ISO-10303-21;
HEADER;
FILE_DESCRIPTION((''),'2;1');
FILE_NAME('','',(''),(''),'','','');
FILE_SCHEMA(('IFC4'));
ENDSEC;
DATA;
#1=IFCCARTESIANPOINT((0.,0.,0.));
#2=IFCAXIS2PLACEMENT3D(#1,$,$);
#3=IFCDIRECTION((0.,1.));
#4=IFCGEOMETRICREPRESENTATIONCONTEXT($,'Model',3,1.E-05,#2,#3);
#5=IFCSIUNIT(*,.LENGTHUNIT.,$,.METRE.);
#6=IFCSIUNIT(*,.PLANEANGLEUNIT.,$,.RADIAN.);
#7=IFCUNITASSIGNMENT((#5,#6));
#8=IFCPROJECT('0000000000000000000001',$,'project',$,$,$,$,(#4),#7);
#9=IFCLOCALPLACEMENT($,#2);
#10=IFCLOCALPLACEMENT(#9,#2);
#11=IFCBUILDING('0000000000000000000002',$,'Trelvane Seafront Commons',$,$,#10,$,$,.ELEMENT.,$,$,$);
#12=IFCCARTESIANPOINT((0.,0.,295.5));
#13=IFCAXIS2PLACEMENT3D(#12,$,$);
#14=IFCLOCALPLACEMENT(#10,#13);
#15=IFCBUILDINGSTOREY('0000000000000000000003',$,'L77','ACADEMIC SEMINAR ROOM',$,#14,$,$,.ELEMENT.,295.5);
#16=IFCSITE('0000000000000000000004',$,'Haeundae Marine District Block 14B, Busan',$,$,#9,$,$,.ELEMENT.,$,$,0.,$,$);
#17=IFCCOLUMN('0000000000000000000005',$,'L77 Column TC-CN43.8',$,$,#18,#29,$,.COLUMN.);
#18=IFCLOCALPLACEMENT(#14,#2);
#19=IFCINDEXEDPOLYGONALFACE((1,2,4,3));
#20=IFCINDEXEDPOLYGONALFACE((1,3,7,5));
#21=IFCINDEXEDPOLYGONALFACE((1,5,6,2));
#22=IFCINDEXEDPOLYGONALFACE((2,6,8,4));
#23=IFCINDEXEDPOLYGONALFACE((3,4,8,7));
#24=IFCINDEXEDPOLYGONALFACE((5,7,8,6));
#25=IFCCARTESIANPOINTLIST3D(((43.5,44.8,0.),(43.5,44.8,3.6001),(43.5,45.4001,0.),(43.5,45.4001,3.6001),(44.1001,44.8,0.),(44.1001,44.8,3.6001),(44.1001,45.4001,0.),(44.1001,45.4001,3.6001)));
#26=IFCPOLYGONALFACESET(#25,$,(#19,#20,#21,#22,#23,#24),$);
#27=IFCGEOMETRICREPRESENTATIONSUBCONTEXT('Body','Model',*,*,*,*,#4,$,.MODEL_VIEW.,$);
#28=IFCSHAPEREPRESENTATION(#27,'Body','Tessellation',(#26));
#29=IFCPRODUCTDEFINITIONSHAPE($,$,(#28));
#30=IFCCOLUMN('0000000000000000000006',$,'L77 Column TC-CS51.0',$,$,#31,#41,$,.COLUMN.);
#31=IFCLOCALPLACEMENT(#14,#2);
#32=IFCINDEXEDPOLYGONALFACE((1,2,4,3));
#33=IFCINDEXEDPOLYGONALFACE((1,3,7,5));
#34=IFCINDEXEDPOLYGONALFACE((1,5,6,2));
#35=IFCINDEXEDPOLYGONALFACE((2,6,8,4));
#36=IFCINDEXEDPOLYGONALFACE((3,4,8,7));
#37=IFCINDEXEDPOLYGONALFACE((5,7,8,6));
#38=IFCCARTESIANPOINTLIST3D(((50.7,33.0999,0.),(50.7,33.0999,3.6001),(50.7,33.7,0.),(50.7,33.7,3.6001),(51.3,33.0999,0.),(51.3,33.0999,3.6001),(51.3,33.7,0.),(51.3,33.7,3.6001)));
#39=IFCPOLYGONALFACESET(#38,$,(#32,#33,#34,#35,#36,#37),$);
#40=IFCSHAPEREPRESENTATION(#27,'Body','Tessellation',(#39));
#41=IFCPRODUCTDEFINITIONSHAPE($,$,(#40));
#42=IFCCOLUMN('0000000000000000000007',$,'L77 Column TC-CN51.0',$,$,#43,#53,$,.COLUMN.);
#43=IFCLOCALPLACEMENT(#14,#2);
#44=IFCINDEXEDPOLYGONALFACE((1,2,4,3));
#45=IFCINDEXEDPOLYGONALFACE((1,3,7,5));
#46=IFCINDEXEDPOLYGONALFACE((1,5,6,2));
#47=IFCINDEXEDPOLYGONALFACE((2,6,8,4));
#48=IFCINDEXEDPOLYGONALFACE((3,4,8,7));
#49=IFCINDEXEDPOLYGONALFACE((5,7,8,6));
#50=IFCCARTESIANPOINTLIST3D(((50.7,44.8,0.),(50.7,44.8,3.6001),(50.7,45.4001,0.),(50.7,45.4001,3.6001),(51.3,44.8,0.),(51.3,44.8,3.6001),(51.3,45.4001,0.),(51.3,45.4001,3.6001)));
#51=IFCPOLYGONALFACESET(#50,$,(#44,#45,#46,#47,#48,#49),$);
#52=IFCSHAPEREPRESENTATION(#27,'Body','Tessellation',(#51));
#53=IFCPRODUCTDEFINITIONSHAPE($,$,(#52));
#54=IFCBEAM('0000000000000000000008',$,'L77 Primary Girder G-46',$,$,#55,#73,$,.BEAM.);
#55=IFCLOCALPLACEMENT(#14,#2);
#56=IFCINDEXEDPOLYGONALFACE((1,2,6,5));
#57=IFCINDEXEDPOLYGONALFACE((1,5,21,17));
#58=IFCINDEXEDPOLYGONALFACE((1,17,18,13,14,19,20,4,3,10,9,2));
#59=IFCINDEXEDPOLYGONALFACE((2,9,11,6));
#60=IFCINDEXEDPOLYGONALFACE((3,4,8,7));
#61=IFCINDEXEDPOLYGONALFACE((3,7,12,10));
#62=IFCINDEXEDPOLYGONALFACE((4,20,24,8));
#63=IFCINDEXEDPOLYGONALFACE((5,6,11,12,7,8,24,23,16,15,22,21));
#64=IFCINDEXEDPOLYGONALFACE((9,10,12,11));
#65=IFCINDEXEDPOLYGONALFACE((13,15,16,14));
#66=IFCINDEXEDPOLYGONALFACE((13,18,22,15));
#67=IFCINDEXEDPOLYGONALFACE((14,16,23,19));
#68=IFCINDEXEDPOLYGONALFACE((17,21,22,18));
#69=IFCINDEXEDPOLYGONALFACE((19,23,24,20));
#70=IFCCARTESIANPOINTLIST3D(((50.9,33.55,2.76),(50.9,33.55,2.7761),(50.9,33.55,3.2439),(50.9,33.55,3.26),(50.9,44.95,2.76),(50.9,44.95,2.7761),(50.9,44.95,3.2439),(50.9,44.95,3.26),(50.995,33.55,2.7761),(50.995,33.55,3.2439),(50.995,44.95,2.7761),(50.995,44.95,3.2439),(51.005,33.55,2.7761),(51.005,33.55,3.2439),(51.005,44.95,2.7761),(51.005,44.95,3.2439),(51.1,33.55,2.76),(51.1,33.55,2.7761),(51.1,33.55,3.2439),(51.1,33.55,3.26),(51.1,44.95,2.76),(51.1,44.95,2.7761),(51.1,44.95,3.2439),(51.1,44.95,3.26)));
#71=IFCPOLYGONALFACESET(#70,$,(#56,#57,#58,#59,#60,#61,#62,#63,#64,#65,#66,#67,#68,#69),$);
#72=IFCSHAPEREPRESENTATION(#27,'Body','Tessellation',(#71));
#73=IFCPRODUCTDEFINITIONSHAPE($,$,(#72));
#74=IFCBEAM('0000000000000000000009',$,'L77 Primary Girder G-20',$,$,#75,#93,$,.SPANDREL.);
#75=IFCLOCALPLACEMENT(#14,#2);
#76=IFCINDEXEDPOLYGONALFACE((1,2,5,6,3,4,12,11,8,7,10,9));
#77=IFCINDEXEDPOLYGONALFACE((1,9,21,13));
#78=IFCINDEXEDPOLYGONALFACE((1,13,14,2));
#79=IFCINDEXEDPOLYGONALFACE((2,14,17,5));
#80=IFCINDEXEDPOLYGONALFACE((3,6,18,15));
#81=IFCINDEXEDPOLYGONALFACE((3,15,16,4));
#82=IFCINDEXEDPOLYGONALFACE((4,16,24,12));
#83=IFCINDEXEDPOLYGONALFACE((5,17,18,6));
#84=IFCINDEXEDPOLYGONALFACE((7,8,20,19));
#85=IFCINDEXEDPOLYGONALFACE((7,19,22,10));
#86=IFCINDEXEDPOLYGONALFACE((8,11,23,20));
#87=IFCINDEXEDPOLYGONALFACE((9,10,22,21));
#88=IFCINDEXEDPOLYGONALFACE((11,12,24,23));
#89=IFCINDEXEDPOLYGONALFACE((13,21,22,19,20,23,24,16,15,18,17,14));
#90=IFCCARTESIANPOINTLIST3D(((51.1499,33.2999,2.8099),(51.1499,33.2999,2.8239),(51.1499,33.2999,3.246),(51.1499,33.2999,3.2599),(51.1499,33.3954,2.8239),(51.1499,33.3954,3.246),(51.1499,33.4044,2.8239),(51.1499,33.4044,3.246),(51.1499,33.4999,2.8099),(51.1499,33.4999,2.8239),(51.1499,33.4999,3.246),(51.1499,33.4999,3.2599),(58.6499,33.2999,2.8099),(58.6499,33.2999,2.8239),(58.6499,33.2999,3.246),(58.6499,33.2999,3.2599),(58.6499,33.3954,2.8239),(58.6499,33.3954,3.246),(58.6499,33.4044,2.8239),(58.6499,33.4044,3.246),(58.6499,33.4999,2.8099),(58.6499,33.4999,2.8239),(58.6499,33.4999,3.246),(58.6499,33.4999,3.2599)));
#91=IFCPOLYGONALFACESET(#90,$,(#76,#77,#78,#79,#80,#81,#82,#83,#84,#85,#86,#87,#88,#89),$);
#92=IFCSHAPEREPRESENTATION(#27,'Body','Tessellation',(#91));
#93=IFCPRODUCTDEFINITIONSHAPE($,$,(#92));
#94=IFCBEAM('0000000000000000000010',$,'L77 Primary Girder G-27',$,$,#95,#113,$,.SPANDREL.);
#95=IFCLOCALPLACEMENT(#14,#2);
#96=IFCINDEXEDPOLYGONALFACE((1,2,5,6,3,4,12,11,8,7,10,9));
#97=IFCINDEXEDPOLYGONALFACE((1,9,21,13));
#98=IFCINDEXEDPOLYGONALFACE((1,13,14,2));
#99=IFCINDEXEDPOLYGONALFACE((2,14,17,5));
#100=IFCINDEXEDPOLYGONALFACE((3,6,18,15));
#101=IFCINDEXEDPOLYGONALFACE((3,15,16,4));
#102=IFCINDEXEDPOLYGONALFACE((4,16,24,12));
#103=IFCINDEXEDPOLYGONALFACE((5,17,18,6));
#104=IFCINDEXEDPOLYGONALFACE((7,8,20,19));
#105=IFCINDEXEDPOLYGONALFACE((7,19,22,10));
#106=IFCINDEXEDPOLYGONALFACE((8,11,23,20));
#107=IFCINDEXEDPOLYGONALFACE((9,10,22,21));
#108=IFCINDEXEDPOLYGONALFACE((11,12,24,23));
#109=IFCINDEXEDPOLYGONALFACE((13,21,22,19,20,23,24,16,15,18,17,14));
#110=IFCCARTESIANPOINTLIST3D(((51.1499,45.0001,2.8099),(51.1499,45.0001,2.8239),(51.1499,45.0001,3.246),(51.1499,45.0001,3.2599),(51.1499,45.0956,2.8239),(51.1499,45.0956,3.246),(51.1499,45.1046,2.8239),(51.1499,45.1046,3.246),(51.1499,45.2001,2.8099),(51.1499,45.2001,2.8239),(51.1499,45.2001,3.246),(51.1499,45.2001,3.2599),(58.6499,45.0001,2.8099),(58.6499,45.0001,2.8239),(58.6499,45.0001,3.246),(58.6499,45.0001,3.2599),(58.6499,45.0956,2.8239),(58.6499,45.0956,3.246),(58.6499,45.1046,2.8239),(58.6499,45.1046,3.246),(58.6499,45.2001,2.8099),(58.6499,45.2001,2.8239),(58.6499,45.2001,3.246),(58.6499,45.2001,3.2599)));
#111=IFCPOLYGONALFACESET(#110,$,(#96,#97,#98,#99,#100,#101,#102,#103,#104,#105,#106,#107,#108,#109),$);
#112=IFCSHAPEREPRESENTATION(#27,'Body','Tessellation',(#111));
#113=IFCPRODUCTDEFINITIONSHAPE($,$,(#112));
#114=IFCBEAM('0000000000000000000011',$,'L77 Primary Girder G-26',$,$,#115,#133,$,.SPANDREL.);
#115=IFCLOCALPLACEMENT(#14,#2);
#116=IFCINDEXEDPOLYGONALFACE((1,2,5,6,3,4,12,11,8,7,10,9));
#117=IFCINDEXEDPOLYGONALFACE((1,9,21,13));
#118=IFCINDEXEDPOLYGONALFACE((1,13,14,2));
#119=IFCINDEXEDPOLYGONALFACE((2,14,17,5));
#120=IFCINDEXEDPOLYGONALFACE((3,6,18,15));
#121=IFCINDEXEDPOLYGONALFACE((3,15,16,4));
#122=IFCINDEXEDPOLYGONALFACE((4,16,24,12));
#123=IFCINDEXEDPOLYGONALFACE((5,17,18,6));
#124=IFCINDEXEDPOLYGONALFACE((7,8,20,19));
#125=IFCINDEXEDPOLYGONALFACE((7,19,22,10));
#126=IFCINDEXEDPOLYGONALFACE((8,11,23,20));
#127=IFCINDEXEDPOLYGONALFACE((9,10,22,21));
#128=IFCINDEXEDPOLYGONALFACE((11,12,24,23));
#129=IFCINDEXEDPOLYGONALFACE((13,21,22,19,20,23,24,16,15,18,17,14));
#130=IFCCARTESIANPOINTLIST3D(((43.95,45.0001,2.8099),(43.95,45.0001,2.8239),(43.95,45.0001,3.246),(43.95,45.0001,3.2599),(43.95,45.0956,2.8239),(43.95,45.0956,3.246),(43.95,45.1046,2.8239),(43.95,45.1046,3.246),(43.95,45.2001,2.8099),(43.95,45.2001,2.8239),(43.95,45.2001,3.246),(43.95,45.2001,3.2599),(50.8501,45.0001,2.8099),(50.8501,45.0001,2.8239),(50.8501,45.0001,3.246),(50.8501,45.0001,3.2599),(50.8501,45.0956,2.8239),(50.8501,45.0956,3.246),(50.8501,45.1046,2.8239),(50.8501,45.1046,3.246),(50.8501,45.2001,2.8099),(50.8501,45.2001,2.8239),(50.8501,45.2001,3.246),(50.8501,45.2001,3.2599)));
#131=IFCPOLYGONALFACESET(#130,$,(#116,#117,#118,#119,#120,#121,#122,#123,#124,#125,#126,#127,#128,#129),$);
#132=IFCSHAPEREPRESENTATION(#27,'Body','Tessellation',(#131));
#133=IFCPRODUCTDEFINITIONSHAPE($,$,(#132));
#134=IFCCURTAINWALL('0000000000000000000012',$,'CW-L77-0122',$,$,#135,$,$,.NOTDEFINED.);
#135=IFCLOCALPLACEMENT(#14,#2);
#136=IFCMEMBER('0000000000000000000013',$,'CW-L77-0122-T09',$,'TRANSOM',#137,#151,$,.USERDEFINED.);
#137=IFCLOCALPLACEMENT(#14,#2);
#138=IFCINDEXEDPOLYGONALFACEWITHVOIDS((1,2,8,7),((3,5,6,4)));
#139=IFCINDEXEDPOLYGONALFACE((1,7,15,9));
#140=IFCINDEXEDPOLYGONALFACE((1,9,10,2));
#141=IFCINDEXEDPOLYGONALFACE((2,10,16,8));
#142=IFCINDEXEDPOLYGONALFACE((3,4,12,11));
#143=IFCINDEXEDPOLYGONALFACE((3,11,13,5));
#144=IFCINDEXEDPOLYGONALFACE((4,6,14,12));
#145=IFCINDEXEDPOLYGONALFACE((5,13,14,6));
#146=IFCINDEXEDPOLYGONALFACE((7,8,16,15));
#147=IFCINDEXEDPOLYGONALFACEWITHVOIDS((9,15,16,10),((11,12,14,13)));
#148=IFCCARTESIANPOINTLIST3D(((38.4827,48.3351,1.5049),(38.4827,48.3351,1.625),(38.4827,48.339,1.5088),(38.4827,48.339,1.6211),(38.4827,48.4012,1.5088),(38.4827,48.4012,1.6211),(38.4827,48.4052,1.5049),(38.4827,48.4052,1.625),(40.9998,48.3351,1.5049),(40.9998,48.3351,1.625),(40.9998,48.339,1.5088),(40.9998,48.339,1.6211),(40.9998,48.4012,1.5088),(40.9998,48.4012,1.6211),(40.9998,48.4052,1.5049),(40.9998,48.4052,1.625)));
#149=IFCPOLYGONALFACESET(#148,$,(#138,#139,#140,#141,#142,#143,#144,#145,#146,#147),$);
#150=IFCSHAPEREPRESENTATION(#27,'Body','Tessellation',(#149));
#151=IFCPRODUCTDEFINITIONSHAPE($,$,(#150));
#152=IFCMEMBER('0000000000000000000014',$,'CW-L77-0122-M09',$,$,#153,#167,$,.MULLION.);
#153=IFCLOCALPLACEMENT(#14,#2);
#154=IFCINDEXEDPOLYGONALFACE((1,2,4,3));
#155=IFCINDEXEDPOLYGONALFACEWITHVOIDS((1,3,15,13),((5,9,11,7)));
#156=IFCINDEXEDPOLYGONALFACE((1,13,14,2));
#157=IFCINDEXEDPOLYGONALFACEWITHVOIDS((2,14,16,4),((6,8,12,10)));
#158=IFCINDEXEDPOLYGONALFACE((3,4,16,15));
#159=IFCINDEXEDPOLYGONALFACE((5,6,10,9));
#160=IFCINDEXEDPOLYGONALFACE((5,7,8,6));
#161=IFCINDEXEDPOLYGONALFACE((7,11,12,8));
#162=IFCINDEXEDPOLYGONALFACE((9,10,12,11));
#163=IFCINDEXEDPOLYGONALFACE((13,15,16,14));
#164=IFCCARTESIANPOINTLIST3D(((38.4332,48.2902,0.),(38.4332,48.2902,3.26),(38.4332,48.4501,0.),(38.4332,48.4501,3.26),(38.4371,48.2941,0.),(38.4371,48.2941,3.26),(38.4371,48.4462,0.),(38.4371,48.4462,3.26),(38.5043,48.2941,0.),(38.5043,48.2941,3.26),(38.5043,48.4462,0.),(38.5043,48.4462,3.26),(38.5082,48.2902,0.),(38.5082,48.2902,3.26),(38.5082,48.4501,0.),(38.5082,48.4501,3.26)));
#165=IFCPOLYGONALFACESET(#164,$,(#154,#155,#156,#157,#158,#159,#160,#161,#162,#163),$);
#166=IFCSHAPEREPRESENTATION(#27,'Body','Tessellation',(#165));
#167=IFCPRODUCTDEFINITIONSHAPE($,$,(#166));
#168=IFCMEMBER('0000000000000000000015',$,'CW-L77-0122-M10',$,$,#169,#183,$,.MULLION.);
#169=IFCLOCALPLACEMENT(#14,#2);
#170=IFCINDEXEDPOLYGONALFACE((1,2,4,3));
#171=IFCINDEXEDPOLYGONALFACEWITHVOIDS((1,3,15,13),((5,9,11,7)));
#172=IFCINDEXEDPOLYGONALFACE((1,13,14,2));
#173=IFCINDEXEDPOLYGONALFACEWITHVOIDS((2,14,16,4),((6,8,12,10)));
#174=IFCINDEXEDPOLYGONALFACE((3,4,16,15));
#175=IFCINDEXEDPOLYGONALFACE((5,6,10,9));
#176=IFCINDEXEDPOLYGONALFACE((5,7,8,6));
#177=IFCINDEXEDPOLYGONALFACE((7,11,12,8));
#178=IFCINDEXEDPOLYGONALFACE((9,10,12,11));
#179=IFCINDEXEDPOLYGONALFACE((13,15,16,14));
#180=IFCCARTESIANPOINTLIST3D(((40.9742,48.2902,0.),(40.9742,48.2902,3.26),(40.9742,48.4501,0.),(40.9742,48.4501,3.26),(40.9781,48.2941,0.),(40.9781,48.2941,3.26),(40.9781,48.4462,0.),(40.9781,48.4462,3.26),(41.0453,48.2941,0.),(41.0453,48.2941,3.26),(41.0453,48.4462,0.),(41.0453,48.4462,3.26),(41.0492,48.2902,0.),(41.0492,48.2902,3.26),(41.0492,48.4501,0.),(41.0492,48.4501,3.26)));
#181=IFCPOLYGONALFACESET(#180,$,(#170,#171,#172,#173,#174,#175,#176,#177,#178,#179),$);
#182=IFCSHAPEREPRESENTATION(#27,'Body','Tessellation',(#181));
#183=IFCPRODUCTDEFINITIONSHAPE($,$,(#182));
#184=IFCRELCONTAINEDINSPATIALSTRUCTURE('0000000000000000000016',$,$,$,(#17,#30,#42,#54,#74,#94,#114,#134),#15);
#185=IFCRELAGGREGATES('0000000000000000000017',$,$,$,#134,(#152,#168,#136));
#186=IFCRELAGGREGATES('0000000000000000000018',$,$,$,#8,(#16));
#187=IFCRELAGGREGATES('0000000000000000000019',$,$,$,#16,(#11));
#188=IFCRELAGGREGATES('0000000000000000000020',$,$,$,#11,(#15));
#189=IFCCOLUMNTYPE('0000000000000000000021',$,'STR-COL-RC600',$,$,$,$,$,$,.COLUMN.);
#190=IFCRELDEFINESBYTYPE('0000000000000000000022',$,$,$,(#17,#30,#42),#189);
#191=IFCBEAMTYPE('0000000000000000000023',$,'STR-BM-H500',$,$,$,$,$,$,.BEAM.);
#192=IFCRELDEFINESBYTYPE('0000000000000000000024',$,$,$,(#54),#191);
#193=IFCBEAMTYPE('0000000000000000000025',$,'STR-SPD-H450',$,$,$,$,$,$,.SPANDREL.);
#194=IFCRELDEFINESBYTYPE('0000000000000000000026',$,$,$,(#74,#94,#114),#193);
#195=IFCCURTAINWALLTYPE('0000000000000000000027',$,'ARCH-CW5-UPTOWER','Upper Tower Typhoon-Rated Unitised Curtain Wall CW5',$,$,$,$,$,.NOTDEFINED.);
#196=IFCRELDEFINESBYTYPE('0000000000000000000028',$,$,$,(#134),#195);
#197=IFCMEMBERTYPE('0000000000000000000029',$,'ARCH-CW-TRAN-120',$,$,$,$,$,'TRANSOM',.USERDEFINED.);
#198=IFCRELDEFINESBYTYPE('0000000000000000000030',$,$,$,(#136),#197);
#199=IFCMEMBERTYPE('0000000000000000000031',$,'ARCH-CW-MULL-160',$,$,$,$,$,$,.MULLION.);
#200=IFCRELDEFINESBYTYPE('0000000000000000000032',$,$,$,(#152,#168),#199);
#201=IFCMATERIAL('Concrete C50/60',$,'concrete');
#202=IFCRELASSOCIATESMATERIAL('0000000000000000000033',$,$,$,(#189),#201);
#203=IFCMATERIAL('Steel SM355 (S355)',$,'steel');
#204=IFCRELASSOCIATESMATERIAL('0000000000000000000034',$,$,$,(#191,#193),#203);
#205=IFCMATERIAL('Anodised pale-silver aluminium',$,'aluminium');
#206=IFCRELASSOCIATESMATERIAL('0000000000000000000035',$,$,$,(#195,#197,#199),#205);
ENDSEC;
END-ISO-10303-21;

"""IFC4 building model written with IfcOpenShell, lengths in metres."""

from ifc_helpers import new_model, si_unit, direction, frame, origin, origin_2d, place, context, subcontext, project, spatial, rectangle, hollow_rectangle, i_section, extrude, source, transform, mapped, material, material_profile, profile_set, type_object, element, aggregate, save


model = new_model("IFC4")

# Units and contexts
model_context = context("Model", 3, precision=1e-05, world=origin(), true_north=direction((0.0, 1.0)))
body_context = subcontext(model_context, "Body", "Model", "MODEL_VIEW")
ifc_project = project(units=[si_unit("LENGTHUNIT", "METRE"), si_unit("PLANEANGLEUNIT", "RADIAN")], contexts=[model_context])

# Site, building, storey
site_placement = place(None, origin())
site = spatial("IfcSite", under=ifc_project, at=site_placement, Name="Haeundae Marine District Block 14B, Busan", CompositionType="ELEMENT", RefElevation=0.0)
building_placement = place(site_placement, origin())
building = spatial("IfcBuilding", under=site, at=building_placement, Name="Trelvane Seafront Commons", CompositionType="ELEMENT")
storey_placement = place(building_placement, frame((0.0, 0.0, 295.5)))
storey = spatial("IfcBuildingStorey", under=building, at=storey_placement, Name="L77", Description="ACADEMIC SEMINAR ROOM", CompositionType="ELEMENT", Elevation=295.5)

# Columns
ifc_material_1 = material(Name="Concrete C50/60", Category="concrete")
ifc_material_profile_1 = material_profile(ifc_material_1, rectangle(XDim=0.6001, YDim=0.6001, at=origin_2d()), Name="RC-600x600")
ifc_profile_set_1 = profile_set([ifc_material_profile_1], Name="Concrete C50/60")
column_type = type_object("IfcColumnType", Name="STR-COL-RC600", PredefinedType="COLUMN", material=ifc_profile_set_1)
shared_shape_1 = source(origin(), body_context, "Body", "SweptSolid", [
    extrude(rectangle(XDim=0.6001, YDim=0.6001, at=origin_2d()), origin(), (0.0, 0.0, 1.0), 3.6001),
])
for number, where, z_axis, x_axis, name in (
    (1, (43.8, 45.1001, 0.0), (0.0, 0.0, 1.0), (1.0, 0.0, 0.0), "L77 Column TC-CN43.8"),
    (2, (51.0, 33.3999, 0.0), (0.0, 0.0, 1.0), (1.0, 0.0, 0.0), "L77 Column TC-CS51.0"),
    (3, (51.0, 45.1001, 0.0), (0.0, 0.0, 1.0), (1.0, 0.0, 0.0), "L77 Column TC-CN51.0"),
):
    element("IfcColumn", number, at=place(storey_placement, frame(where, z_axis=z_axis, x_axis=x_axis)), inside=storey, type_object=column_type, Name=name, PredefinedType="COLUMN", context=body_context, shape_type="MappedRepresentation", body=[
        mapped(shared_shape_1, transform((0.0, 0.0, 0.0), x_axis=(1.0, 0.0, 0.0), y_axis=(0.0, 1.0, 0.0), z_axis=(0.0, 0.0, 1.0), scale=1.0)),
    ])

# Beams
ifc_material_2 = material(Name="Steel SM355 (S355)", Category="steel")
ifc_material_profile_2 = material_profile(ifc_material_2, i_section(OverallWidth=0.2, OverallDepth=0.5, WebThickness=0.01, FlangeThickness=0.0161, at=origin_2d()), Name="H-500x200x10x16")
ifc_profile_set_2 = profile_set([ifc_material_profile_2], Name="Steel SM355 (S355)")
beam_type_1 = type_object("IfcBeamType", Name="STR-BM-H500", PredefinedType="BEAM", material=ifc_profile_set_2)
shared_shape_2 = source(origin(), body_context, "Body", "SweptSolid", [
    extrude(i_section(OverallWidth=0.2, OverallDepth=0.5, WebThickness=0.01, FlangeThickness=0.0161, at=origin_2d()), origin(), (0.0, 0.0, 1.0), 11.3999),
])
beam_1_placement = place(storey_placement, frame((51.0, 33.55, 3.01), z_axis=(0.0, 1.0, 0.0), x_axis=(-1.0, 0.0, 0.0)))
element("IfcBeam", 4, at=beam_1_placement, inside=storey, type_object=beam_type_1, Name="L77 Primary Girder G-46", PredefinedType="BEAM", context=body_context, shape_type="MappedRepresentation", body=[
    mapped(shared_shape_2, transform((0.0, 0.0, 0.0), x_axis=(1.0, 0.0, 0.0), y_axis=(0.0, 1.0, 0.0), z_axis=(0.0, 0.0, 1.0), scale=1.0)),
])
ifc_material_profile_3 = material_profile(ifc_material_2, i_section(OverallWidth=0.2, OverallDepth=0.45, WebThickness=0.009, FlangeThickness=0.0139, at=origin_2d()), Name="H-450x200x9x14")
ifc_profile_set_3 = profile_set([ifc_material_profile_3], Name="Steel SM355 (S355)")
beam_type_2 = type_object("IfcBeamType", Name="STR-SPD-H450", PredefinedType="SPANDREL", material=ifc_profile_set_3)
shared_shape_3 = source(origin(), body_context, "Body", "SweptSolid", [
    extrude(i_section(OverallWidth=0.2, OverallDepth=0.45, WebThickness=0.009, FlangeThickness=0.0139, at=origin_2d()), origin(), (0.0, 0.0, 1.0), 7.5),
])
for number, where, z_axis, x_axis, name in (
    (5, (51.1499, 33.3999, 3.0349), (1.0, 0.0, 0.0), (0.0, 1.0, 0.0), "L77 Primary Girder G-20"),
    (6, (51.1499, 45.1001, 3.0349), (1.0, 0.0, 0.0), (0.0, 1.0, 0.0), "L77 Primary Girder G-27"),
):
    element("IfcBeam", number, at=place(storey_placement, frame(where, z_axis=z_axis, x_axis=x_axis)), inside=storey, type_object=beam_type_2, Name=name, PredefinedType="SPANDREL", context=body_context, shape_type="MappedRepresentation", body=[
        mapped(shared_shape_3, transform((0.0, 0.0, 0.0), x_axis=(1.0, 0.0, 0.0), y_axis=(0.0, 1.0, 0.0), z_axis=(0.0, 0.0, 1.0), scale=1.0)),
    ])
shared_shape_4 = source(origin(), body_context, "Body", "SweptSolid", [
    extrude(i_section(OverallWidth=0.2, OverallDepth=0.45, WebThickness=0.009, FlangeThickness=0.0139, at=origin_2d()), origin(), (0.0, 0.0, 1.0), 6.9001),
])
beam_2_placement = place(storey_placement, frame((43.95, 45.1001, 3.0349), z_axis=(1.0, 0.0, 0.0), x_axis=(0.0, 1.0, 0.0)))
element("IfcBeam", 7, at=beam_2_placement, inside=storey, type_object=beam_type_2, Name="L77 Primary Girder G-26", PredefinedType="SPANDREL", context=body_context, shape_type="MappedRepresentation", body=[
    mapped(shared_shape_4, transform((0.0, 0.0, 0.0), x_axis=(1.0, 0.0, 0.0), y_axis=(0.0, 1.0, 0.0), z_axis=(0.0, 0.0, 1.0), scale=1.0)),
])

# Curtain wall, members
ifc_material_3 = material(Name="Anodised pale-silver aluminium", Category="aluminium")
curtain_wall_type = type_object("IfcCurtainWallType", Name="ARCH-CW5-UPTOWER", Description="Upper Tower Typhoon-Rated Unitised Curtain Wall CW5", PredefinedType="NOTDEFINED", material=ifc_material_3)
curtain_wall_placement = place(storey_placement, origin())
curtain_wall = element("IfcCurtainWall", 8, at=curtain_wall_placement, inside=storey, type_object=curtain_wall_type, Name="CW-L77-0122", PredefinedType="NOTDEFINED")
ifc_material_profile_4 = material_profile(ifc_material_3, hollow_rectangle(XDim=0.0701, YDim=0.1201, WallThickness=0.0039, at=origin_2d()), Name="TRAN-70x120x4")
ifc_profile_set_4 = profile_set([ifc_material_profile_4], Name="Anodised pale-silver aluminium")
member_type_1 = type_object("IfcMemberType", Name="ARCH-CW-TRAN-120", ElementType="TRANSOM", PredefinedType="USERDEFINED", material=ifc_profile_set_4)
shared_shape_5 = source(origin(), body_context, "Body", "SweptSolid", [
    extrude(hollow_rectangle(XDim=0.0701, YDim=0.1201, WallThickness=0.0039, at=origin_2d()), origin(), (0.0, 0.0, 1.0), 2.5171),
])
member_1_placement = place(storey_placement, frame((38.4827, 48.3701, 1.5649), z_axis=(1.0, 0.0, 0.0), x_axis=(0.0, 1.0, 0.0)))
member_1 = element("IfcMember", 9, at=member_1_placement, type_object=member_type_1, Name="CW-L77-0122-T09", ObjectType="TRANSOM", PredefinedType="USERDEFINED", context=body_context, shape_type="MappedRepresentation", body=[
    mapped(shared_shape_5, transform((0.0, 0.0, 0.0), x_axis=(1.0, 0.0, 0.0), y_axis=(0.0, 1.0, 0.0), z_axis=(0.0, 0.0, 1.0), scale=1.0)),
])
ifc_material_profile_5 = material_profile(ifc_material_3, hollow_rectangle(XDim=0.075, YDim=0.1599, WallThickness=0.0039, at=origin_2d()), Name="MULL-75x160x4")
ifc_profile_set_5 = profile_set([ifc_material_profile_5], Name="Anodised pale-silver aluminium")
member_type_2 = type_object("IfcMemberType", Name="ARCH-CW-MULL-160", PredefinedType="MULLION", material=ifc_profile_set_5)
shared_shape_6 = source(origin(), body_context, "Body", "SweptSolid", [
    extrude(hollow_rectangle(XDim=0.075, YDim=0.1599, WallThickness=0.0039, at=origin_2d()), origin(), (0.0, 0.0, 1.0), 3.26),
])
member_2_placement = place(storey_placement, frame((38.4707, 48.3701, 0.0), z_axis=(0.0, 0.0, 1.0), x_axis=(1.0, 0.0, 0.0)))
member_2 = element("IfcMember", 10, at=member_2_placement, type_object=member_type_2, Name="CW-L77-0122-M09", PredefinedType="MULLION", context=body_context, shape_type="MappedRepresentation", body=[
    mapped(shared_shape_6, transform((0.0, 0.0, 0.0), x_axis=(1.0, 0.0, 0.0), y_axis=(0.0, 1.0, 0.0), z_axis=(0.0, 0.0, 1.0), scale=1.0)),
])
member_3_placement = place(storey_placement, frame((41.0117, 48.3701, 0.0), z_axis=(0.0, 0.0, 1.0), x_axis=(1.0, 0.0, 0.0)))
member_3 = element("IfcMember", 11, at=member_3_placement, type_object=member_type_2, Name="CW-L77-0122-M10", PredefinedType="MULLION", context=body_context, shape_type="MappedRepresentation", body=[
    mapped(shared_shape_6, transform((0.0, 0.0, 0.0), x_axis=(1.0, 0.0, 0.0), y_axis=(0.0, 1.0, 0.0), z_axis=(0.0, 0.0, 1.0), scale=1.0)),
])
aggregate(curtain_wall, [member_2, member_3, member_1])

save(model, "model.ifc")
